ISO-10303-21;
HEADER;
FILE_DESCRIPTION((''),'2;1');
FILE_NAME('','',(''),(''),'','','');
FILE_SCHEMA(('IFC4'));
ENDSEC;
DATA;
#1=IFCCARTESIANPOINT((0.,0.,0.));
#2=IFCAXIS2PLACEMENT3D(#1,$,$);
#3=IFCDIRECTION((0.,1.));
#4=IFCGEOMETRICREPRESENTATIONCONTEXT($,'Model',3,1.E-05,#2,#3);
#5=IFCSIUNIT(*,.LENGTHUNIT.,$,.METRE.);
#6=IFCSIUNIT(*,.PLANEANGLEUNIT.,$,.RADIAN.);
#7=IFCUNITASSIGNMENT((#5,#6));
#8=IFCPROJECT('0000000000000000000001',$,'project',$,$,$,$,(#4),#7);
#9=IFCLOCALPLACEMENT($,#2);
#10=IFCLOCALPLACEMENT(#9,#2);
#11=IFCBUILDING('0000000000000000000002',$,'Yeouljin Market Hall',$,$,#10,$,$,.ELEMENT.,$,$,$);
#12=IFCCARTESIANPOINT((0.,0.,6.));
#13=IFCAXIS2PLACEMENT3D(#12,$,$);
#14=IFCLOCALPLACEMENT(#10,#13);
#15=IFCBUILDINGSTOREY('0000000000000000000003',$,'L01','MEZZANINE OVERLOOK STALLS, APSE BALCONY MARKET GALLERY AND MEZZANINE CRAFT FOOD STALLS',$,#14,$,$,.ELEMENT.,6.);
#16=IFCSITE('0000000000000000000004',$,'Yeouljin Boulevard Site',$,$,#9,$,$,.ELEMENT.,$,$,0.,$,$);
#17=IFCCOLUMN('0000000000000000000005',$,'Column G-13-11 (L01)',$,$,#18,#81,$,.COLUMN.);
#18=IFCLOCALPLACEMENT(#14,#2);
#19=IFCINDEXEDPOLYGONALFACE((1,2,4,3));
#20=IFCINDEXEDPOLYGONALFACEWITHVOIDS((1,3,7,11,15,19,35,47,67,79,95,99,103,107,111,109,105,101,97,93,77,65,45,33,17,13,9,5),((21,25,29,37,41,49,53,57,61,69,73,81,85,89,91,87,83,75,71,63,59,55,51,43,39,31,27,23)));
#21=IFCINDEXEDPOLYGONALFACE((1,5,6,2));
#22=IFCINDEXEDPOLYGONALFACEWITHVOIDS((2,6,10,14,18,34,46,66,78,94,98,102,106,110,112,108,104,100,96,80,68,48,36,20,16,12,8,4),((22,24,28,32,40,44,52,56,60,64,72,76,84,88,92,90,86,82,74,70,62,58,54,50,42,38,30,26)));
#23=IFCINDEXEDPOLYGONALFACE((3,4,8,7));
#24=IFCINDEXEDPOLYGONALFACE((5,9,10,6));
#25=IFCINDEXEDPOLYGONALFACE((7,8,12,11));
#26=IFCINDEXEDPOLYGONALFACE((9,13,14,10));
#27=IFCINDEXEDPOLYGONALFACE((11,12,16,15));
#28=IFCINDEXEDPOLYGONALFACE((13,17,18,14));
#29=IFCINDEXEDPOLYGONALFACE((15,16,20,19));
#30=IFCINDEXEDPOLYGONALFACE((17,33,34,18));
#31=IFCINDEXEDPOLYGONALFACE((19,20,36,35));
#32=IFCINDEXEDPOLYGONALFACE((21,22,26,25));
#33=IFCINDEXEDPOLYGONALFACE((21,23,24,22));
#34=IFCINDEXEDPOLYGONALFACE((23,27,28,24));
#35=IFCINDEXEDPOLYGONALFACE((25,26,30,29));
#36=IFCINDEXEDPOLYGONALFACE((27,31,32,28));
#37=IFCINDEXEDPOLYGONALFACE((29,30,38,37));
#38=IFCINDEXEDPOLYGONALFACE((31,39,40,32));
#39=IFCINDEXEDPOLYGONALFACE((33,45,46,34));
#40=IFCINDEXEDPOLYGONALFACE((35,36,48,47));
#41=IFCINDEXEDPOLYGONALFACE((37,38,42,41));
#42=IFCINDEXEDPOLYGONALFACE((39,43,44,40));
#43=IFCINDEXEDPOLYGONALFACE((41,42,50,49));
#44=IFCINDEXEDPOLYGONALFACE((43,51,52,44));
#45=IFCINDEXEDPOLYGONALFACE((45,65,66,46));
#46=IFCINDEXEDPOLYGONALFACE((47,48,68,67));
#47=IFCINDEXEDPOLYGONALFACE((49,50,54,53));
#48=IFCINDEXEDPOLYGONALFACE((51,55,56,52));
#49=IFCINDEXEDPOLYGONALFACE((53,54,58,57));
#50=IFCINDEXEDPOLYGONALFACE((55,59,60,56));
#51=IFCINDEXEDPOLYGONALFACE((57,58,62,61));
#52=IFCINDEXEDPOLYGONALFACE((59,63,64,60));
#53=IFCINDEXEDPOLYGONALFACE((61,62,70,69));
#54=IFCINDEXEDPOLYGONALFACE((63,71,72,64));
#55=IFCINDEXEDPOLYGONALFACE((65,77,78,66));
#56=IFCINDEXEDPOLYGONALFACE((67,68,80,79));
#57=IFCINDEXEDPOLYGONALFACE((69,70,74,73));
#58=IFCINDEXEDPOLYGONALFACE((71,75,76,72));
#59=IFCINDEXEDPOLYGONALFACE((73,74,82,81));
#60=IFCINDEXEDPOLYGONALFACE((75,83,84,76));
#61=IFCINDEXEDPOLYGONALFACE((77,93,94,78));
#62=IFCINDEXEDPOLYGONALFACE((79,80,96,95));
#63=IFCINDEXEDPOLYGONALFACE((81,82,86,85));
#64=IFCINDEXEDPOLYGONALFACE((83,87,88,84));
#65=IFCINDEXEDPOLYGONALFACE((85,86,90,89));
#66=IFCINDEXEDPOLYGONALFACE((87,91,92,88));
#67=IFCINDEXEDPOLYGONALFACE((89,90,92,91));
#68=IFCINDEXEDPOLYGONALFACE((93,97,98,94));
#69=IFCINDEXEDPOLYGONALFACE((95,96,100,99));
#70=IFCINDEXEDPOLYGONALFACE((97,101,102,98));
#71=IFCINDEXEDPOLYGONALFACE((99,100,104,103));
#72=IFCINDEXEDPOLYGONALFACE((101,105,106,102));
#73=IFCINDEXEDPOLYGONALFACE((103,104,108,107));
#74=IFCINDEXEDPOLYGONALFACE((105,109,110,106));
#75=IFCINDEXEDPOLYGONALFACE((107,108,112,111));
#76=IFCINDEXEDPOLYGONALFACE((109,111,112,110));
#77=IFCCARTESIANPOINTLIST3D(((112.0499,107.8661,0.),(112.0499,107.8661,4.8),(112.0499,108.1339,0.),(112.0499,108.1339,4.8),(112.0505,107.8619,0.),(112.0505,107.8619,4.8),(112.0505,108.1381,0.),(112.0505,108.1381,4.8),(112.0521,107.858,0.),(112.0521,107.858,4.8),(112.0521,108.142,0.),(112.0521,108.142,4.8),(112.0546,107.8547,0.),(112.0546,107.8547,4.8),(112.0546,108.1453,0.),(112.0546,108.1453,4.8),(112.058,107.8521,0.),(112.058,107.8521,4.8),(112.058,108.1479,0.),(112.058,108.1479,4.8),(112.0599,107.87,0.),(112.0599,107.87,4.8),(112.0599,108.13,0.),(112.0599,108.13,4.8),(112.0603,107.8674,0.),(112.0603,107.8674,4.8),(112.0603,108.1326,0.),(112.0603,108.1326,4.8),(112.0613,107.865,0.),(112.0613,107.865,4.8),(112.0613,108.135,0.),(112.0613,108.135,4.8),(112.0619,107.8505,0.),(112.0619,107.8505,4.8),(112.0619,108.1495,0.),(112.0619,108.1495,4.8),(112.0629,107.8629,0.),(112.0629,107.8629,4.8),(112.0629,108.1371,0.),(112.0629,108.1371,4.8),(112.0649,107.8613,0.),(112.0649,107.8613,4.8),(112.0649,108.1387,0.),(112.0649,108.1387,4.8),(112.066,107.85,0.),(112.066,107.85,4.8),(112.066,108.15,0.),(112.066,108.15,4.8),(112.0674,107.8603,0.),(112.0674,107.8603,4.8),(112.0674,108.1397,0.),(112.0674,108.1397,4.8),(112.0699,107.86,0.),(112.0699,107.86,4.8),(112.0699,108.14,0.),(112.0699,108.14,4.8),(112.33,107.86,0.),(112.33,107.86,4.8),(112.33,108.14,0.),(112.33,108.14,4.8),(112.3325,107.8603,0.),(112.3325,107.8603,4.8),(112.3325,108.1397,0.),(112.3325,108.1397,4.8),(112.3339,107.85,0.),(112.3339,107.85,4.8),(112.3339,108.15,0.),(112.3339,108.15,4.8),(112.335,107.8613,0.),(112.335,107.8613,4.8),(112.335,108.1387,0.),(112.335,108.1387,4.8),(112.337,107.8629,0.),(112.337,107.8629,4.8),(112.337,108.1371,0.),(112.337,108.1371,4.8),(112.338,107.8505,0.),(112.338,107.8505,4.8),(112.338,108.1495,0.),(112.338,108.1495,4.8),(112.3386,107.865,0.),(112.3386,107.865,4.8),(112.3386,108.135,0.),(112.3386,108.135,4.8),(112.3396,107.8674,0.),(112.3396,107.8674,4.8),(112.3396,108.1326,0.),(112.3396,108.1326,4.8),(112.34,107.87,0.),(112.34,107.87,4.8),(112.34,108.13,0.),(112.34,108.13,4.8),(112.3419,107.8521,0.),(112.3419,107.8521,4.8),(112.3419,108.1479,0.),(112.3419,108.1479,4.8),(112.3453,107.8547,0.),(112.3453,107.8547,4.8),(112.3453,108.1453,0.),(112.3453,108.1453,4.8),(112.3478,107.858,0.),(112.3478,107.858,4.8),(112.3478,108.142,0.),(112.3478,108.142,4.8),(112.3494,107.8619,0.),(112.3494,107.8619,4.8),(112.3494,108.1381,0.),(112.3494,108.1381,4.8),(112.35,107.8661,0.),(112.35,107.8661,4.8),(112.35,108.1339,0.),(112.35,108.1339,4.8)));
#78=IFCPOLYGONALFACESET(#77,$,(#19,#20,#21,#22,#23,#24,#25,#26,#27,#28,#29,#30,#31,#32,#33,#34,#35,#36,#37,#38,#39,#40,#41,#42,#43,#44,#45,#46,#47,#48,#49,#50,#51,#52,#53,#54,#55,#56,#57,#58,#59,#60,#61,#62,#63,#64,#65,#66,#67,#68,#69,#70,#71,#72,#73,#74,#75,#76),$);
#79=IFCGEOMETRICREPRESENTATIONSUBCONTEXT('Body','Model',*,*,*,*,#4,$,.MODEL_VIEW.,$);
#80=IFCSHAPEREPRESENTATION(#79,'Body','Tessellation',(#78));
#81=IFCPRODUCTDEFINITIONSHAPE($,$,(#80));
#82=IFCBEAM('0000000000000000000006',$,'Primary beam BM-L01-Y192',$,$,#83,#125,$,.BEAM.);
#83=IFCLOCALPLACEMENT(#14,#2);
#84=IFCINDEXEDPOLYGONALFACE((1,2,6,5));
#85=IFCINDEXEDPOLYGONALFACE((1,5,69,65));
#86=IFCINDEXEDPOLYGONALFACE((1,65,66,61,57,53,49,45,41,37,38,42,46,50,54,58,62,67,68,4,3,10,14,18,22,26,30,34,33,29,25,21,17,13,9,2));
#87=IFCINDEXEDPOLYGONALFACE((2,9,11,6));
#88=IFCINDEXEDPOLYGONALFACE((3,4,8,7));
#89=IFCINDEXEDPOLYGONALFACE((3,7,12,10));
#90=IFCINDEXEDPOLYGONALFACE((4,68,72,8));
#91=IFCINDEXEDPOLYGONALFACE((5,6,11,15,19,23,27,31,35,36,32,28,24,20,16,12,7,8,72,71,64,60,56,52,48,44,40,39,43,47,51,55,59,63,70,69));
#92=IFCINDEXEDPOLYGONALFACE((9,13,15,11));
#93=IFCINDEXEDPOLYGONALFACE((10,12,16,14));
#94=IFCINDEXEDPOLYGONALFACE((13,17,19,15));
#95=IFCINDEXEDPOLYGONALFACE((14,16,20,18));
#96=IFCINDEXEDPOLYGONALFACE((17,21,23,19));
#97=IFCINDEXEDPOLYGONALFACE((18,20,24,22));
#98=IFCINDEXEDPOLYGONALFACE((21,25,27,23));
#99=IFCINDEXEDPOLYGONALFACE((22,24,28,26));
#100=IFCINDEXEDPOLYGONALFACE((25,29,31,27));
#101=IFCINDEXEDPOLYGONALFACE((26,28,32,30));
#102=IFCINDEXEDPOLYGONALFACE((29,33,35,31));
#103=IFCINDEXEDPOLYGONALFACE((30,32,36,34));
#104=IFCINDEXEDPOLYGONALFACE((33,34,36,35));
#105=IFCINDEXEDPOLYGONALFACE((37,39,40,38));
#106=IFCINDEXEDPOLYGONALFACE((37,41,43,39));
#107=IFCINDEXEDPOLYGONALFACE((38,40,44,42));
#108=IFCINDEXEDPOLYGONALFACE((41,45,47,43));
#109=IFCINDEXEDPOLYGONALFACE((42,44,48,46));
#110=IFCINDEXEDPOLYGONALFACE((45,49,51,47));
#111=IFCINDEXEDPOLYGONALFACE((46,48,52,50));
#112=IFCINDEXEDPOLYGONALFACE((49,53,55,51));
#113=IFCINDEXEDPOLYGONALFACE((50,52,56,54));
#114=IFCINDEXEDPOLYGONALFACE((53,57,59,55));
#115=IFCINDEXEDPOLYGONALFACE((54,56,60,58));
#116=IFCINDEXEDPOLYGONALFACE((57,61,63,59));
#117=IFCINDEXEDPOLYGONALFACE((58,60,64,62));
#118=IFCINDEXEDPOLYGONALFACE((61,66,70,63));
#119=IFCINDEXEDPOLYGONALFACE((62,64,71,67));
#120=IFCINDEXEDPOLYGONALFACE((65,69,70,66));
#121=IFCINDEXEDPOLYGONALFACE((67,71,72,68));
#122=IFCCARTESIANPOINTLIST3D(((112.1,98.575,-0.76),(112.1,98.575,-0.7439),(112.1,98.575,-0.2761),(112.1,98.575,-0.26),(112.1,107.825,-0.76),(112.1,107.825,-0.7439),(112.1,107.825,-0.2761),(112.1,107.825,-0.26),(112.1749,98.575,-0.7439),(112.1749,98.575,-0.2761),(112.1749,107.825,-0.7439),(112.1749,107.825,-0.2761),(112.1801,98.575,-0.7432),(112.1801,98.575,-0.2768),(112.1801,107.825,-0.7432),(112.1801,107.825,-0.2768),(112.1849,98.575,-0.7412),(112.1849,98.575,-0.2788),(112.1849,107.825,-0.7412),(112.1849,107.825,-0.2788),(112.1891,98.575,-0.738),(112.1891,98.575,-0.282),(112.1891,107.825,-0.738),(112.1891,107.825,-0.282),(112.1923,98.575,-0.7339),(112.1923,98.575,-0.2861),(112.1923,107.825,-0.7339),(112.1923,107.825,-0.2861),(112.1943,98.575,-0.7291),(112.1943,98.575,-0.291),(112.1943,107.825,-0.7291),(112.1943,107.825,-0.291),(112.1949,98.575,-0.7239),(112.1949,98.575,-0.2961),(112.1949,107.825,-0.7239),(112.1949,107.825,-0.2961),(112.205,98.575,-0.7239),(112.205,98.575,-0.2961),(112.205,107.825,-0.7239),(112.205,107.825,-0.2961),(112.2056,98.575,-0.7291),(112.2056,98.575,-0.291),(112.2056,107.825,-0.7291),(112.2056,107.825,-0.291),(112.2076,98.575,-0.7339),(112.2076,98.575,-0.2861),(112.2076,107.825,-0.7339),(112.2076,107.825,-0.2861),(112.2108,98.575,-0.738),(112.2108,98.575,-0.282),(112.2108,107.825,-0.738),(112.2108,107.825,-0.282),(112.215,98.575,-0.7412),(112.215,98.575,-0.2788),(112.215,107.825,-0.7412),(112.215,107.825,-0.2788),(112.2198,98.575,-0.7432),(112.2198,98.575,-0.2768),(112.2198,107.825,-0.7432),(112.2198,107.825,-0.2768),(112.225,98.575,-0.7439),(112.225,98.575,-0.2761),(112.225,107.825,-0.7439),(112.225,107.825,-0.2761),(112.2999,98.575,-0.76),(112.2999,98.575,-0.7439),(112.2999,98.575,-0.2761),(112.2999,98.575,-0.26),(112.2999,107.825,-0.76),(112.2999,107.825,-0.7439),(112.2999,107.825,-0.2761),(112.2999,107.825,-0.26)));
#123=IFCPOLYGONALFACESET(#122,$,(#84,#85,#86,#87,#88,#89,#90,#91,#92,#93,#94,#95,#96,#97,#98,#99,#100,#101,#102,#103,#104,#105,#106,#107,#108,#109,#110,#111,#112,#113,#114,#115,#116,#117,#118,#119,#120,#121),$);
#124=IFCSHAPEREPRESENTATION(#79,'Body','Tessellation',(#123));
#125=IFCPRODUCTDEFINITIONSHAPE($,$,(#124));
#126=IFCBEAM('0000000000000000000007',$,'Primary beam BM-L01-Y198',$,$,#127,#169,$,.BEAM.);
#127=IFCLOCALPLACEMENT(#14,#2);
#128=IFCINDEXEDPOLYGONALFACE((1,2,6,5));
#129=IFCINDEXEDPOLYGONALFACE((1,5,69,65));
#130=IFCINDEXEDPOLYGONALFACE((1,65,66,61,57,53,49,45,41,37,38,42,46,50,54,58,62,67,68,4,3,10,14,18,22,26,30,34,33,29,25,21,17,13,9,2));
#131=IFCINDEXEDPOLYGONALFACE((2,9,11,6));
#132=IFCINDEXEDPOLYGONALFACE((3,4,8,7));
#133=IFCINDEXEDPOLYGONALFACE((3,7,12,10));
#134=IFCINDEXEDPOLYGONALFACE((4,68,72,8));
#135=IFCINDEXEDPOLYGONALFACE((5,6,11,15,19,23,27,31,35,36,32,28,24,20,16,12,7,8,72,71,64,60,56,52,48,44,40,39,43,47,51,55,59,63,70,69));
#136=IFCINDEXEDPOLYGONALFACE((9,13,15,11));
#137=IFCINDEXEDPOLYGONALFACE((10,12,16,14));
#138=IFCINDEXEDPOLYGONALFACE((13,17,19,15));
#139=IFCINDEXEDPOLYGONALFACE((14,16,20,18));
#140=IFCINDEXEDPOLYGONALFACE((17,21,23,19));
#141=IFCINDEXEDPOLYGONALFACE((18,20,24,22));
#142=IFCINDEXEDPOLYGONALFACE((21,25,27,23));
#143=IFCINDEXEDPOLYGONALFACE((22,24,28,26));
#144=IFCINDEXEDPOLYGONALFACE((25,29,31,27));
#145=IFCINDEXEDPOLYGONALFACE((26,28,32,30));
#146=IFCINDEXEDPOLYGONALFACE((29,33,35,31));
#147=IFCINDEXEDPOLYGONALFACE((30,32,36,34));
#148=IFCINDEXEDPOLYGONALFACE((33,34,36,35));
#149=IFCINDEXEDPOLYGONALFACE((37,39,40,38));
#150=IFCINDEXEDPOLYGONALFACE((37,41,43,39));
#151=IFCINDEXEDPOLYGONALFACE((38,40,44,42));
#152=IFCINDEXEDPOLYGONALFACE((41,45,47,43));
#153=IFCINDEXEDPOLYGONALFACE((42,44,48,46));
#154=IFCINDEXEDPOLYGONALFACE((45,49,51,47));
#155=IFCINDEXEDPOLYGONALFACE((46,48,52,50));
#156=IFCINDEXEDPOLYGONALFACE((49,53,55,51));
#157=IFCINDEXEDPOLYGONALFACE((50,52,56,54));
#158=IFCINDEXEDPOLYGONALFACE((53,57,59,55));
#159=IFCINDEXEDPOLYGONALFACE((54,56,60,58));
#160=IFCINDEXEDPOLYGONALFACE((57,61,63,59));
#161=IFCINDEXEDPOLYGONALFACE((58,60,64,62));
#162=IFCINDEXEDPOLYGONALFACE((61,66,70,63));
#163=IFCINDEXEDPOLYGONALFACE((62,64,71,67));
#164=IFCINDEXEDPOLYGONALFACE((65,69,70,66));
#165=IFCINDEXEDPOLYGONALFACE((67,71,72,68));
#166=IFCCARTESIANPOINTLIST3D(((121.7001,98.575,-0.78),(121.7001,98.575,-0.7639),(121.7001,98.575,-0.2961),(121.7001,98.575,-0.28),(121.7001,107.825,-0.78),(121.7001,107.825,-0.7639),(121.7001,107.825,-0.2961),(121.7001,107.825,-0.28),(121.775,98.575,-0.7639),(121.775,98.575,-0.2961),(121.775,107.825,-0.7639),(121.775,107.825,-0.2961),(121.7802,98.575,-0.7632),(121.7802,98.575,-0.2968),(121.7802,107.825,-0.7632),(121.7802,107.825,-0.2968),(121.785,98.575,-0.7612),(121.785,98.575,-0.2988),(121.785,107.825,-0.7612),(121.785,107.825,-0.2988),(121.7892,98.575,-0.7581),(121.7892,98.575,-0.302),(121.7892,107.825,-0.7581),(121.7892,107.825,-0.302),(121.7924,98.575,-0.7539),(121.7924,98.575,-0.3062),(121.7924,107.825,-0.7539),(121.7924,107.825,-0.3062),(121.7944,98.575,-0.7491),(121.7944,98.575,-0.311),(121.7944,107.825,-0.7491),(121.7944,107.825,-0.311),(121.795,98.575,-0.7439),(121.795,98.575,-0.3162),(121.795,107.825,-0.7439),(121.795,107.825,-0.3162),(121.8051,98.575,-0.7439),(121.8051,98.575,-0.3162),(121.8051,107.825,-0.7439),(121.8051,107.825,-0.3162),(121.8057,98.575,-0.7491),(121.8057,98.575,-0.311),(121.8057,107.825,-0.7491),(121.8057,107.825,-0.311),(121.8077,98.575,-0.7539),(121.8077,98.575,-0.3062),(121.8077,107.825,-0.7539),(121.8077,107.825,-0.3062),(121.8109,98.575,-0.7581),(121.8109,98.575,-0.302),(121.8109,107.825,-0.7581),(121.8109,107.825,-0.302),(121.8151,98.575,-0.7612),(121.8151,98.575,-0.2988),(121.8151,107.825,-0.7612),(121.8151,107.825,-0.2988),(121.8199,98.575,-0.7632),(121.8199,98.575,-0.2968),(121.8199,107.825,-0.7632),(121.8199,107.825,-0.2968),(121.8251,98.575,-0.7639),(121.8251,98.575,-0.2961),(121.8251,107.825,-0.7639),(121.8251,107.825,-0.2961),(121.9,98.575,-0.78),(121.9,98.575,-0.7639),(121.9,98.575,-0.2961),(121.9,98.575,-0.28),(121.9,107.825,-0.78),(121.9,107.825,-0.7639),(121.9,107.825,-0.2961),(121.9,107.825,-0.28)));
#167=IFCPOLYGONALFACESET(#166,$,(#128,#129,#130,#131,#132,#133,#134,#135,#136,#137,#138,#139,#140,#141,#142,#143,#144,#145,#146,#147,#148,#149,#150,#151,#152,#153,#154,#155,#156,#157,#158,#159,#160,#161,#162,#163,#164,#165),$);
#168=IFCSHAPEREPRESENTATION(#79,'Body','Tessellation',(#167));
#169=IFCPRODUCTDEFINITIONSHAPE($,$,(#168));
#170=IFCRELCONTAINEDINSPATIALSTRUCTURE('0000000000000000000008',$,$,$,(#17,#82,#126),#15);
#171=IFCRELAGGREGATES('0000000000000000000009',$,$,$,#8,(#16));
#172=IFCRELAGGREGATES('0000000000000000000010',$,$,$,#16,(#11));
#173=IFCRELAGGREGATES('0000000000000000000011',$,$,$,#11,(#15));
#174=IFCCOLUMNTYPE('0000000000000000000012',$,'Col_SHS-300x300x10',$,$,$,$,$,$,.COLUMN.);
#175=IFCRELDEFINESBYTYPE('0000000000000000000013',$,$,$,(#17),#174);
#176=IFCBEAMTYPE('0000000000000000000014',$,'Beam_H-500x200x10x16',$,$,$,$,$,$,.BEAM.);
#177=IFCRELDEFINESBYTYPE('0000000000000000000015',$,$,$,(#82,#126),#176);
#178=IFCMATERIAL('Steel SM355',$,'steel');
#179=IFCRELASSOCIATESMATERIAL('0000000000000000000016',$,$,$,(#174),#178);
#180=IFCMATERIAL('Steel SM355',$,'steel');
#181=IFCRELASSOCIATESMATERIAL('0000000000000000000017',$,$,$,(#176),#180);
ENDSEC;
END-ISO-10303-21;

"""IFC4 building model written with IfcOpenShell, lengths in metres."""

from ifc_helpers import new_model, si_unit, direction, frame, origin, origin_2d, place, context, subcontext, project, spatial, hollow_rectangle, i_section, extrude, material, material_profile, profile_set, type_object, element, save


model = new_model("IFC4")

# Units and contexts
model_context = context("Model", 3, precision=1e-05, world=origin(), true_north=direction((0.0, 1.0)))
body_context = subcontext(model_context, "Body", "Model", "MODEL_VIEW")
ifc_project = project(units=[si_unit("LENGTHUNIT", "METRE"), si_unit("PLANEANGLEUNIT", "RADIAN")], contexts=[model_context])

# Site, building, storey
site_placement = place(None, origin())
site = spatial("IfcSite", under=ifc_project, at=site_placement, Name="Yeouljin Boulevard Site", CompositionType="ELEMENT", RefElevation=0.0)
building_placement = place(site_placement, origin())
building = spatial("IfcBuilding", under=site, at=building_placement, Name="Yeouljin Market Hall", CompositionType="ELEMENT")
storey_placement = place(building_placement, frame((0.0, 0.0, 6.0)))
storey = spatial("IfcBuildingStorey", under=building, at=storey_placement, Name="L01", Description="MEZZANINE OVERLOOK STALLS, APSE BALCONY MARKET GALLERY AND MEZZANINE CRAFT FOOD STALLS", CompositionType="ELEMENT", Elevation=6.0)

# Column
ifc_material_1 = material(Name="Steel SM355", Category="steel")
ifc_material_profile_1 = material_profile(ifc_material_1, hollow_rectangle(XDim=0.3, YDim=0.3, WallThickness=0.01, InnerFilletRadius=0.01, OuterFilletRadius=0.0161, at=origin_2d()), Name="SHS-300x300x10")
ifc_profile_set_1 = profile_set([ifc_material_profile_1], Name="Steel SM355")
column_type = type_object("IfcColumnType", Name="Col_SHS-300x300x10", PredefinedType="COLUMN", material=ifc_profile_set_1)
column_placement = place(storey_placement, frame((112.2, 108.0, 0.0), z_axis=(0.0, 0.0, 1.0), x_axis=(1.0, 0.0, 0.0)))
element("IfcColumn", 1, at=column_placement, inside=storey, type_object=column_type, Name="Column G-13-11 (L01)", PredefinedType="COLUMN", context=body_context, shape_type="SweptSolid", body=[
    extrude(hollow_rectangle(XDim=0.3, YDim=0.3, WallThickness=0.01, InnerFilletRadius=0.01, OuterFilletRadius=0.0161, at=origin_2d()), origin(), (0.0, 0.0, 1.0), 4.8),
])

# Beams
ifc_material_2 = material(Name="Steel SM355", Category="steel")
ifc_material_profile_2 = material_profile(ifc_material_2, i_section(OverallWidth=0.2, OverallDepth=0.5, WebThickness=0.01, FlangeThickness=0.0161, FilletRadius=0.02, at=origin_2d()), Name="H-500x200x10x16")
ifc_profile_set_2 = profile_set([ifc_material_profile_2], Name="Steel SM355")
beam_type_1 = type_object("IfcBeamType", Name="Beam_H-500x200x10x16", PredefinedType="BEAM", material=ifc_profile_set_2)
for number, where, z_axis, x_axis, name in (
    (2, (112.2, 98.575, -0.51), (0.0, 1.0, 0.0), (-1.0, 0.0, 0.0), "Primary beam BM-L01-Y192"),
    (3, (121.8, 98.575, -0.53), (0.0, 1.0, 0.0), (-1.0, 0.0, 0.0), "Primary beam BM-L01-Y198"),
):
    element("IfcBeam", number, at=place(storey_placement, frame(where, z_axis=z_axis, x_axis=x_axis)), inside=storey, type_object=beam_type_1, Name=name, PredefinedType="BEAM", context=body_context, shape_type="SweptSolid", body=[
        extrude(i_section(OverallWidth=0.2, OverallDepth=0.5, WebThickness=0.01, FlangeThickness=0.0161, FilletRadius=0.02, at=origin_2d()), origin(), (0.0, 0.0, 1.0), 9.25),
    ])

save(model, "model.ifc")
